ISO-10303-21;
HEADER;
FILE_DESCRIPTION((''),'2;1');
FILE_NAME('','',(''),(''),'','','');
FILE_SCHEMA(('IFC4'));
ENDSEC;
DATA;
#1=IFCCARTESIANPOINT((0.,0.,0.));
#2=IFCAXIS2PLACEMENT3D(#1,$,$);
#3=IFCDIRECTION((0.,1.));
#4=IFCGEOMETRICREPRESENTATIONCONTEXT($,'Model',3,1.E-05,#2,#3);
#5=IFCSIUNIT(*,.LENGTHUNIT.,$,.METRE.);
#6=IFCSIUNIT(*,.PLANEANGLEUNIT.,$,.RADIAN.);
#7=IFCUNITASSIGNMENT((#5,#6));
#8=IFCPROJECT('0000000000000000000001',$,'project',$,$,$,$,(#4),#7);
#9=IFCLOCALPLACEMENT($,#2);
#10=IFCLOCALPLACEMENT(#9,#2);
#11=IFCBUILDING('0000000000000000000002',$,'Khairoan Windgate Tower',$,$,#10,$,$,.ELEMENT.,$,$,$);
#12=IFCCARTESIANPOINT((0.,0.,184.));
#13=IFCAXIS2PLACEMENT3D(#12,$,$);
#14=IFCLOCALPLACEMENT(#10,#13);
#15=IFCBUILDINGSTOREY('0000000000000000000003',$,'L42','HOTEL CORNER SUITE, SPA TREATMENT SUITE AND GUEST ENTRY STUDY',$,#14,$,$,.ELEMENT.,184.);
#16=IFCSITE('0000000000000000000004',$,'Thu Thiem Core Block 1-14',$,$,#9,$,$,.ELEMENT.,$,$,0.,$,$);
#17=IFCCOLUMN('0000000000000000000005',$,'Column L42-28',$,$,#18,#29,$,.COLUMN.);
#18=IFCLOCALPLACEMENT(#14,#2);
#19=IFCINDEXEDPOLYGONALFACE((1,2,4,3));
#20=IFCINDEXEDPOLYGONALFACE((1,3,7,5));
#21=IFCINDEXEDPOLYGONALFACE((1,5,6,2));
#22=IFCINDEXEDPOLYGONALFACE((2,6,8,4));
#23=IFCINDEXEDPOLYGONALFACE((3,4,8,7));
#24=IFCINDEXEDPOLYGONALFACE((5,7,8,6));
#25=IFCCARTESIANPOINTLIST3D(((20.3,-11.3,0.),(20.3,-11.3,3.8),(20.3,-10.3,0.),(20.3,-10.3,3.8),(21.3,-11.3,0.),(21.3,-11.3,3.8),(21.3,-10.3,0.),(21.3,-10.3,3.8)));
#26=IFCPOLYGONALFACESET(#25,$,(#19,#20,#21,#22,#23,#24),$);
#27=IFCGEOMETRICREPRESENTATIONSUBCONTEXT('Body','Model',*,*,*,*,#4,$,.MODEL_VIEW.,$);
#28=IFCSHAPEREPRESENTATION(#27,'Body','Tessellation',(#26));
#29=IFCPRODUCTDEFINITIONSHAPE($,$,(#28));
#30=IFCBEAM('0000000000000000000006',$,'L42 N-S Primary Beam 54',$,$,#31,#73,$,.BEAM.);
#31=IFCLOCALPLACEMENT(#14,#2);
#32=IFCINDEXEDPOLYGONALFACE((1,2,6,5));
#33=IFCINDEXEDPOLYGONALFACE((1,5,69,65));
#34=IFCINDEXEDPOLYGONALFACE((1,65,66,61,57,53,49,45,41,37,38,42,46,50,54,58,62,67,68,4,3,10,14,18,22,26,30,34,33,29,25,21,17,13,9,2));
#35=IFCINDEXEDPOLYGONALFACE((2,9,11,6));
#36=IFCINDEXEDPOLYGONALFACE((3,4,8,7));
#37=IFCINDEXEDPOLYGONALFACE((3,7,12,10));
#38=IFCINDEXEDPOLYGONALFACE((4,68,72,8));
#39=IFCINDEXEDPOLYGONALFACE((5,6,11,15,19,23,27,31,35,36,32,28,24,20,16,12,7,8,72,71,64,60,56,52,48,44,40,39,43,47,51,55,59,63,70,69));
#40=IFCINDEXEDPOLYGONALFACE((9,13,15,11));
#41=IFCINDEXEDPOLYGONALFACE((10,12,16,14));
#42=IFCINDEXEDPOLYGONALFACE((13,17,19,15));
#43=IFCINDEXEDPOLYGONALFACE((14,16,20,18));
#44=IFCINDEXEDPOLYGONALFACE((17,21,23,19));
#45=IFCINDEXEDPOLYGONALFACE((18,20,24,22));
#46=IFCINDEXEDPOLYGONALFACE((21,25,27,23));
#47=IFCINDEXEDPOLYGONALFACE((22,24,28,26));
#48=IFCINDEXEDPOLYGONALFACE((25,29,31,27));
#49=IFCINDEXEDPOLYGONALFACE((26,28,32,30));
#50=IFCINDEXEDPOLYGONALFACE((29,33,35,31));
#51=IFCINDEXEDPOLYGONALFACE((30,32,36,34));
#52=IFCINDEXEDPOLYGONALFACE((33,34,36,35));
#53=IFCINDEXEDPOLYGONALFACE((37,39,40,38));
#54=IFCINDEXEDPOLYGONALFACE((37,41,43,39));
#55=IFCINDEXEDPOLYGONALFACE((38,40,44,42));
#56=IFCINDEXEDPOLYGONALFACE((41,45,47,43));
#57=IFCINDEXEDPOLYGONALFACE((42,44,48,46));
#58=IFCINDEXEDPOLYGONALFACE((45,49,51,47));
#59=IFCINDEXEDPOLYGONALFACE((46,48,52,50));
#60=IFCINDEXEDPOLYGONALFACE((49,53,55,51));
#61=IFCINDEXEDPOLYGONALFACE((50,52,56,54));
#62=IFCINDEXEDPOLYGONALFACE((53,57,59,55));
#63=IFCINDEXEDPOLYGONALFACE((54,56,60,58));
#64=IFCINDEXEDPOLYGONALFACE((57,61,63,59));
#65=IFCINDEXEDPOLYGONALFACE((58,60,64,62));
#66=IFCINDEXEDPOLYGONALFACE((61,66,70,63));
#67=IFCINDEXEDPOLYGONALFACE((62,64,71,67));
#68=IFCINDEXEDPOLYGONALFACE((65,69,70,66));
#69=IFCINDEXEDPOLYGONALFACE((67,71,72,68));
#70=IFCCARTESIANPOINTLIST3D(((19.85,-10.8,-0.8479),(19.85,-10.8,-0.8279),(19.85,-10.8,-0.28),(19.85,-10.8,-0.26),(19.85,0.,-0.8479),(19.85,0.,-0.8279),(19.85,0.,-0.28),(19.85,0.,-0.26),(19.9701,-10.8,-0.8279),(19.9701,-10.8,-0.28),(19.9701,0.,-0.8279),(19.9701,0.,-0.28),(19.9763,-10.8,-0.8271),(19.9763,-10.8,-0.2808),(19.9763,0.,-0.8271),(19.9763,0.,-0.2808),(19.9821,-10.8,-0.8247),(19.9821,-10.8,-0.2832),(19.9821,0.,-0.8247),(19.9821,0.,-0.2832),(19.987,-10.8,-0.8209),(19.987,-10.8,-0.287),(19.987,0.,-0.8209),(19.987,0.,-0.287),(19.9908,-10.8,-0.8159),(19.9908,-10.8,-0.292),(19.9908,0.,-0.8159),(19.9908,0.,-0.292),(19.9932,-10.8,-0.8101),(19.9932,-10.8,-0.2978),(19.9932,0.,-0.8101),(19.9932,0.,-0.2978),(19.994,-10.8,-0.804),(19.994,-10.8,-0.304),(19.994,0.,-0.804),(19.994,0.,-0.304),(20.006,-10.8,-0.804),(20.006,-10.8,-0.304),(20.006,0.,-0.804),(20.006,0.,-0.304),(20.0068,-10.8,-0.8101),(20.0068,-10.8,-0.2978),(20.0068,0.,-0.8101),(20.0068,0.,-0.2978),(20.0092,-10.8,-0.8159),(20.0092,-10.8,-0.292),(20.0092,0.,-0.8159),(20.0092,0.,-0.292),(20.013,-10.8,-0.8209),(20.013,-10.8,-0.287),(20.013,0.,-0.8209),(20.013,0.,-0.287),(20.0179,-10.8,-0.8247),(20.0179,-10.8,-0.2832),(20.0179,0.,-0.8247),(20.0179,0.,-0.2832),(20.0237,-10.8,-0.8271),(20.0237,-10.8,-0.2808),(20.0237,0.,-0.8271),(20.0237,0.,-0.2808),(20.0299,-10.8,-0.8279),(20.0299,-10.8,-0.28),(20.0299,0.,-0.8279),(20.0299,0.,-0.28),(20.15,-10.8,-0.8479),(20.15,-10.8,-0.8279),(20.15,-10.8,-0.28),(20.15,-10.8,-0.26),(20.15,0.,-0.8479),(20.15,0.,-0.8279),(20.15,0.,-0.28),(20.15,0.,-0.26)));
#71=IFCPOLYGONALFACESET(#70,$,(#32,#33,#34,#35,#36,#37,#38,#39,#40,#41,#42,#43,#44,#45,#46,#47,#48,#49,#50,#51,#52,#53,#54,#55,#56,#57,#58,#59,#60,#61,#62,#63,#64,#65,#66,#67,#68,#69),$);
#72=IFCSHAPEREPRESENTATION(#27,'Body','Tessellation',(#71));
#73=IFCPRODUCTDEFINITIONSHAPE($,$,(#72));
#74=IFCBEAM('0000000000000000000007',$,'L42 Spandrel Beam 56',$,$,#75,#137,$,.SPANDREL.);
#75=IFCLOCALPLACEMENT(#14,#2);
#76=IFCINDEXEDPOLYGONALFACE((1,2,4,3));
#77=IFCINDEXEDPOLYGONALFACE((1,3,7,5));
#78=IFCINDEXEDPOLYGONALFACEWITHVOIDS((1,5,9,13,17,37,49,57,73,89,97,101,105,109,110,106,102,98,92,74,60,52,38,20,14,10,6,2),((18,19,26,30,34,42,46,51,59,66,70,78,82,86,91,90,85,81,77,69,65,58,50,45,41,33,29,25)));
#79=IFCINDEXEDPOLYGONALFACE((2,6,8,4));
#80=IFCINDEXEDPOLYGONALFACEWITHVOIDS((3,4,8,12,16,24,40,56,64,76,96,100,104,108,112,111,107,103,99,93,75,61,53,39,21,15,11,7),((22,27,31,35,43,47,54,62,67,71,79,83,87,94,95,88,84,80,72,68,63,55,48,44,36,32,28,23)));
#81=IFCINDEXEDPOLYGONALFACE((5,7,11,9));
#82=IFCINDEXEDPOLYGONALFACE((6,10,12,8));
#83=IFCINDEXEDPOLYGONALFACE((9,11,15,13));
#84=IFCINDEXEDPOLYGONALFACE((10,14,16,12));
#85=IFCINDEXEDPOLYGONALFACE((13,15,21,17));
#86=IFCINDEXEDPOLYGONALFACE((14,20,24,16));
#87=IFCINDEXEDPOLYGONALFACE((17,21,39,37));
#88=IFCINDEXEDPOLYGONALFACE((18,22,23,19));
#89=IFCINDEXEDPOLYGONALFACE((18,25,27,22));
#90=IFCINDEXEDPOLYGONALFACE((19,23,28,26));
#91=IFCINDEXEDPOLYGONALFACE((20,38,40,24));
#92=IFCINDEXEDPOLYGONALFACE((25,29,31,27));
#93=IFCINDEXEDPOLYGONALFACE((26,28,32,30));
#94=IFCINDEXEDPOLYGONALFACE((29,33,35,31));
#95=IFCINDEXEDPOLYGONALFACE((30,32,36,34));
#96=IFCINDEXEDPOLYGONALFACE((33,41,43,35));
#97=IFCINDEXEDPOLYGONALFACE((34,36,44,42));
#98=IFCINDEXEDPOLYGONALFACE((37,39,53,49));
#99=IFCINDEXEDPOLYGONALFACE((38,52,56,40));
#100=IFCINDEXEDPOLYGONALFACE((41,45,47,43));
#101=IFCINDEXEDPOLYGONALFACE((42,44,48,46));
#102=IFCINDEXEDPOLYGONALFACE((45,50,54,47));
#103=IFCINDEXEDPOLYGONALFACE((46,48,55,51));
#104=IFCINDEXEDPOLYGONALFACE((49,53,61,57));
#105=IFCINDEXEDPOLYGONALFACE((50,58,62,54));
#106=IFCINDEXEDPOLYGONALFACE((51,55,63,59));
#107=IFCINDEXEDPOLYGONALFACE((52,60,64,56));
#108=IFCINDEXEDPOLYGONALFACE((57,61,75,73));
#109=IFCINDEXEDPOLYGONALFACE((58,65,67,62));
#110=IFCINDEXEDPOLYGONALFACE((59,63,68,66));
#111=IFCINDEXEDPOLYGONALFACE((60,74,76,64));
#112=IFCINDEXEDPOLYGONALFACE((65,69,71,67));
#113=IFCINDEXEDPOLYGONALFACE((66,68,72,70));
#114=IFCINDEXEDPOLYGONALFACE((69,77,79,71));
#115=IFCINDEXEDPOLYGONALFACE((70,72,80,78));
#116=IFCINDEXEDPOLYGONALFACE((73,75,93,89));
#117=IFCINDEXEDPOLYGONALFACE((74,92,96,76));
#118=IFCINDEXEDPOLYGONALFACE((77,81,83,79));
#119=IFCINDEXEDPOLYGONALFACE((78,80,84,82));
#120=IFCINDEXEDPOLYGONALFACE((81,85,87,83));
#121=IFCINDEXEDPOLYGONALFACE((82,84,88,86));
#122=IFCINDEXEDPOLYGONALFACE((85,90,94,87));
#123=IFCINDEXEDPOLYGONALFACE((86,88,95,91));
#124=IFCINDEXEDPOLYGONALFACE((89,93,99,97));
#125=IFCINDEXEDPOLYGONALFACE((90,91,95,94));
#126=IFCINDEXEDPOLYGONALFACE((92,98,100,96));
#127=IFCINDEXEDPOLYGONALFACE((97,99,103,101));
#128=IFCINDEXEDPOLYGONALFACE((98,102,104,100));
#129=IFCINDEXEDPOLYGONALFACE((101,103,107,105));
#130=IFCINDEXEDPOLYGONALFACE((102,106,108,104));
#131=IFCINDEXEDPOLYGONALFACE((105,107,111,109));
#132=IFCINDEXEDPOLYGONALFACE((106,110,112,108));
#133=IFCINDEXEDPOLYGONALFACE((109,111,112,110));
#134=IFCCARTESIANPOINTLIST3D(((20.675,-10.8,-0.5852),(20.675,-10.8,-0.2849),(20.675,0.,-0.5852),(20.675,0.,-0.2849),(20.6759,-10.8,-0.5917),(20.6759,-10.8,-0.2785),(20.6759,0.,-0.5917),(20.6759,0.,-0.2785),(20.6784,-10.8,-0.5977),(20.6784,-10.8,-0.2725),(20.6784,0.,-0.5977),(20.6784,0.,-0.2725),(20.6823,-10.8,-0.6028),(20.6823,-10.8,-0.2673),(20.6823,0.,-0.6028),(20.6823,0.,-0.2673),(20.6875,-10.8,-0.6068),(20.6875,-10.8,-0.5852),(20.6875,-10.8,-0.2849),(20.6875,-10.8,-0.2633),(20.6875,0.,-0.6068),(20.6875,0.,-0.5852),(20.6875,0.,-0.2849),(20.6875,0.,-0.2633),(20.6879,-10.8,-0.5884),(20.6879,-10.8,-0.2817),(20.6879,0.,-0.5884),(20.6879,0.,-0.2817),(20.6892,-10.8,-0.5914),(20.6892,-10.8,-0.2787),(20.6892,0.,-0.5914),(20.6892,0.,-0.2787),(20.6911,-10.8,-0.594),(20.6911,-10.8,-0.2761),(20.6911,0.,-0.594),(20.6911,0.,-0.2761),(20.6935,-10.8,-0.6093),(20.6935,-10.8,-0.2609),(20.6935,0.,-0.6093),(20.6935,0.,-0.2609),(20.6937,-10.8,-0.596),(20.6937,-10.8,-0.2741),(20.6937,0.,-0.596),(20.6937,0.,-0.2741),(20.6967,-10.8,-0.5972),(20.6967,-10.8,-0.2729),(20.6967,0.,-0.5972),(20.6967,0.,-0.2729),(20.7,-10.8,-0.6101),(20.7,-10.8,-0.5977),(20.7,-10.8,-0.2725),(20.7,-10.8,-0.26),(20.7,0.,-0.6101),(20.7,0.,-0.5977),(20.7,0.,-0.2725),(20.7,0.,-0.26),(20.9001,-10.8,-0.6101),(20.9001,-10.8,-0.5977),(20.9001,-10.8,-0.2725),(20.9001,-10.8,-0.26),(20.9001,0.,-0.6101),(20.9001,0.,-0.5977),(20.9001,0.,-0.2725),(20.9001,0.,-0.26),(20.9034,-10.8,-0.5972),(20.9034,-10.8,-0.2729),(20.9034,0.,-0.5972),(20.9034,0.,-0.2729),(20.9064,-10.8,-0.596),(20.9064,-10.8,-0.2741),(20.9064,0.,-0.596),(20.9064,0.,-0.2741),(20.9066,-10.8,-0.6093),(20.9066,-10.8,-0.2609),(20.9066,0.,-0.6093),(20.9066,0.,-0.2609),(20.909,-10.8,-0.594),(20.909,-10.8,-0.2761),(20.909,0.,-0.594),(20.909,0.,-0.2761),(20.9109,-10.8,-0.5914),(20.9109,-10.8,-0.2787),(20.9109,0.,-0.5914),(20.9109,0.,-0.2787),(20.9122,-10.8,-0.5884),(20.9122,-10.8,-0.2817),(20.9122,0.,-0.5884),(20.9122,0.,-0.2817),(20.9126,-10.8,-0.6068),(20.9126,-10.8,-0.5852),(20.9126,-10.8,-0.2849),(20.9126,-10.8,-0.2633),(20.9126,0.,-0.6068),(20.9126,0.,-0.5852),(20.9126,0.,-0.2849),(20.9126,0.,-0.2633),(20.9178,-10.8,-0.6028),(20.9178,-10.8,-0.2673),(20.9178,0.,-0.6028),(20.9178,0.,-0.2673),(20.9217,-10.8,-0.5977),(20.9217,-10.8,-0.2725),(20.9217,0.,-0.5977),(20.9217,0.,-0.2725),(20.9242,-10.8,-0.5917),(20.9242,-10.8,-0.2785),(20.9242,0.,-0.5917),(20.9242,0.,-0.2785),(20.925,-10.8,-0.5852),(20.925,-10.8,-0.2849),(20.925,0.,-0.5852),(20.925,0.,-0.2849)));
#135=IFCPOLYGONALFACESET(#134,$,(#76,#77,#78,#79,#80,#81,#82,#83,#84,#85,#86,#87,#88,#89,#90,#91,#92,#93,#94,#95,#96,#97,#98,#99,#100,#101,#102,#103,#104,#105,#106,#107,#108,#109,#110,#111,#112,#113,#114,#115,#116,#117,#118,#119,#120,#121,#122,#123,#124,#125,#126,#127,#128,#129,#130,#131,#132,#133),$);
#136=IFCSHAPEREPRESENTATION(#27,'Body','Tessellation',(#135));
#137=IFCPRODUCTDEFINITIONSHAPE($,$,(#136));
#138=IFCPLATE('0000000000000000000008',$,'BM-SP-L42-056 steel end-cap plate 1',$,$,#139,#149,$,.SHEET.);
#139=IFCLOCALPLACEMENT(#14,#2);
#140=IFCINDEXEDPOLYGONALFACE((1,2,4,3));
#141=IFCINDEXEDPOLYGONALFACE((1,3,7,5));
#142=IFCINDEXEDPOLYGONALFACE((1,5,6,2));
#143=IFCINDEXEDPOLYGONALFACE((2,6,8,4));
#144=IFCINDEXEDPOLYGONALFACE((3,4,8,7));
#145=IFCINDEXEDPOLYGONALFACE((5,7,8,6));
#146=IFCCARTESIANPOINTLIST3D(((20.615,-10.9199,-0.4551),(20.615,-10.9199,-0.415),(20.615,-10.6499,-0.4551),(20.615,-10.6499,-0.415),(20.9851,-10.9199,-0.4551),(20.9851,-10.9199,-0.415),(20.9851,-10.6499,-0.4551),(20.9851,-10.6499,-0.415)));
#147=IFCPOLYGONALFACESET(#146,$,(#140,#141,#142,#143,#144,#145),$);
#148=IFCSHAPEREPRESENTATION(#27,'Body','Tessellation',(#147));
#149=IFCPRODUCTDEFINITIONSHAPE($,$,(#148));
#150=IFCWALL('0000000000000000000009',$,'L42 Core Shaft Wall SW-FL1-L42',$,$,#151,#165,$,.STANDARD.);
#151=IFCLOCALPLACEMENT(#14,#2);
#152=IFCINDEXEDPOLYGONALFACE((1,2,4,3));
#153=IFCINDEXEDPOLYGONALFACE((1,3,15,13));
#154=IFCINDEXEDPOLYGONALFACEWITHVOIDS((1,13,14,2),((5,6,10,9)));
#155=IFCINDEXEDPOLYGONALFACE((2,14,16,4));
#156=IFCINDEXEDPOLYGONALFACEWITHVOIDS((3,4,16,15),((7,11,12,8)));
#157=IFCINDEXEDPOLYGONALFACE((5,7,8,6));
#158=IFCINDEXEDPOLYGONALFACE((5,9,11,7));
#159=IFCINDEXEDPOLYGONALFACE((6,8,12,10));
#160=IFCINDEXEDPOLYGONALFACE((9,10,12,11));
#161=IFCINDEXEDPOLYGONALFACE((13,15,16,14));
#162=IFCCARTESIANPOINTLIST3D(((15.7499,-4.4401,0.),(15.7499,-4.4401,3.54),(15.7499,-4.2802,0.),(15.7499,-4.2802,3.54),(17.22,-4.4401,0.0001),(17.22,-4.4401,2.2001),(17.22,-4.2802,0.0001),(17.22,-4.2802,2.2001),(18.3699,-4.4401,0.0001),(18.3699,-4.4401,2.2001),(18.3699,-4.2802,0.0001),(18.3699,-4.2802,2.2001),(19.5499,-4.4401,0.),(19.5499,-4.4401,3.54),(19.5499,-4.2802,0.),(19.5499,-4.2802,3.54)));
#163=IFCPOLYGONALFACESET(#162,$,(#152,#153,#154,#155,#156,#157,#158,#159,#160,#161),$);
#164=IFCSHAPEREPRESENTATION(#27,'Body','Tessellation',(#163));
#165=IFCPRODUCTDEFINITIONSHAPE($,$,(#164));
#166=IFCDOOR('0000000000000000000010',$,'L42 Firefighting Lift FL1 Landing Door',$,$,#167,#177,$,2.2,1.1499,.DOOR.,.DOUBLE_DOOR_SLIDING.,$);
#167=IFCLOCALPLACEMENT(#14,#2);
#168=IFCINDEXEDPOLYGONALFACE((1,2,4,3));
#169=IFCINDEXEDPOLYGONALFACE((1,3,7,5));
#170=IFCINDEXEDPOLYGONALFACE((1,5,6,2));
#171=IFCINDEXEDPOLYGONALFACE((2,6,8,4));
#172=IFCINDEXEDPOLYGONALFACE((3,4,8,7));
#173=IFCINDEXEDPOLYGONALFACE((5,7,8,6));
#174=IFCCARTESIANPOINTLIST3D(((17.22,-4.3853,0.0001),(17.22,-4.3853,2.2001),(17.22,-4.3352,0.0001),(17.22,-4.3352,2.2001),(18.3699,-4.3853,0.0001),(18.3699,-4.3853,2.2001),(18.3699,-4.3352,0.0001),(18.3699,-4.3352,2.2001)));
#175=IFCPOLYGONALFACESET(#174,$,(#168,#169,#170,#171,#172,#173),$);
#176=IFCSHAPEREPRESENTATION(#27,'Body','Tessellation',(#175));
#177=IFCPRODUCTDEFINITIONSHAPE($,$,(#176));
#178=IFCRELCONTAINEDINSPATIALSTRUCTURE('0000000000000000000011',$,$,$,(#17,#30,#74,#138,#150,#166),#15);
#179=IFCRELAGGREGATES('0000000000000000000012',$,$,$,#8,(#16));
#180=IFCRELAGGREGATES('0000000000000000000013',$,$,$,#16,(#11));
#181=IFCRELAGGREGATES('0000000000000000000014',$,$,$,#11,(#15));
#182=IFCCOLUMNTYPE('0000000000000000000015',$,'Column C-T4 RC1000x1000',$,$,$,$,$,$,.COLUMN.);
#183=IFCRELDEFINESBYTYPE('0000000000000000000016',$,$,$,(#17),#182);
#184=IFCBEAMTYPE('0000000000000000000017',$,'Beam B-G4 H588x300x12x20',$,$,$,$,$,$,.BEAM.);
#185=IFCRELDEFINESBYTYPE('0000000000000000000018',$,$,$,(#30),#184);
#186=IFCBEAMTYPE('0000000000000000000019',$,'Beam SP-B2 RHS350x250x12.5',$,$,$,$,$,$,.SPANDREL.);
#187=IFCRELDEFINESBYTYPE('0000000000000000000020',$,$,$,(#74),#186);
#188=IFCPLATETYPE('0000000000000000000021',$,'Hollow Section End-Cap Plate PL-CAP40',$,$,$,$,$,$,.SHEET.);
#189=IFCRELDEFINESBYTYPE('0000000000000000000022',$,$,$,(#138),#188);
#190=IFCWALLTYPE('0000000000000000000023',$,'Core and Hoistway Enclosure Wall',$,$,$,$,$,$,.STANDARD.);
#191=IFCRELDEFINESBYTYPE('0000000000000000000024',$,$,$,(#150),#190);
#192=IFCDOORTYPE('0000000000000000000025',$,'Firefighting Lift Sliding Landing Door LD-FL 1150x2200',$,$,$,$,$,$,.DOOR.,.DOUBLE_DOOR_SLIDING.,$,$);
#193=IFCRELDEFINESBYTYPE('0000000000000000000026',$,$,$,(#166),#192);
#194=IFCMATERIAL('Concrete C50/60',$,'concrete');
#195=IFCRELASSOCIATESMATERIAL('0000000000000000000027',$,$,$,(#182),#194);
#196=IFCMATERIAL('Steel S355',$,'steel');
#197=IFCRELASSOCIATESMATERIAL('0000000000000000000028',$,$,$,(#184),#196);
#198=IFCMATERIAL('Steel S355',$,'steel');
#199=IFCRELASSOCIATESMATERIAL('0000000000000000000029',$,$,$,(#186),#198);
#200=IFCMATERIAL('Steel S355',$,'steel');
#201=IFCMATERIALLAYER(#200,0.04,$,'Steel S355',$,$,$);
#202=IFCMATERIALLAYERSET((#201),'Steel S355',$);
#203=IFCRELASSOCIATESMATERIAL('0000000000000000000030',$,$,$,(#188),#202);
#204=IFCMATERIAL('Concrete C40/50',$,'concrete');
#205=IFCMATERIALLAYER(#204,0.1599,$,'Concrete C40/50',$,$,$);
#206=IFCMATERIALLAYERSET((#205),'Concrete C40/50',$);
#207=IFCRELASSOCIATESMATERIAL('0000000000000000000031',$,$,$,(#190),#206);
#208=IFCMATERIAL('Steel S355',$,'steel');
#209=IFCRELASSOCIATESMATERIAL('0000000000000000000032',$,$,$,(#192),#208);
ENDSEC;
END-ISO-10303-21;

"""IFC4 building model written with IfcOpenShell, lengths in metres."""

from ifc_helpers import new_model, si_unit, direction, frame, frame_2d, origin, origin_2d, place, context, subcontext, project, spatial, rectangle, hollow_rectangle, i_section, extrude, material, layer, layer_set, material_profile, profile_set, type_object, element, fill, save


model = new_model("IFC4")

# Units and contexts
model_context = context("Model", 3, precision=1e-05, world=origin(), true_north=direction((0.0, 1.0)))
body_context = subcontext(model_context, "Body", "Model", "MODEL_VIEW")
ifc_project = project(units=[si_unit("LENGTHUNIT", "METRE"), si_unit("PLANEANGLEUNIT", "RADIAN")], contexts=[model_context])

# Site, building, storey
site_placement = place(None, origin())
site = spatial("IfcSite", under=ifc_project, at=site_placement, Name="Thu Thiem Core Block 1-14", CompositionType="ELEMENT", RefElevation=0.0)
building_placement = place(site_placement, origin())
building = spatial("IfcBuilding", under=site, at=building_placement, Name="Khairoan Windgate Tower", CompositionType="ELEMENT")
storey_placement = place(building_placement, frame((0.0, 0.0, 184.0)))
storey = spatial("IfcBuildingStorey", under=building, at=storey_placement, Name="L42", Description="HOTEL CORNER SUITE, SPA TREATMENT SUITE AND GUEST ENTRY STUDY", CompositionType="ELEMENT", Elevation=184.0)

# Column
ifc_material_1 = material(Name="Concrete C50/60", Category="concrete")
ifc_material_profile_1 = material_profile(ifc_material_1, rectangle(XDim=1.0, YDim=1.0, at=origin_2d()))
ifc_profile_set_1 = profile_set([ifc_material_profile_1], Name="Concrete C50/60")
column_type = type_object("IfcColumnType", Name="Column C-T4 RC1000x1000", PredefinedType="COLUMN", material=ifc_profile_set_1)
column_placement = place(storey_placement, frame((20.8, -10.8, 0.0), z_axis=(0.0, 0.0, 1.0), x_axis=(1.0, 0.0, 0.0)))
element("IfcColumn", 1, at=column_placement, inside=storey, type_object=column_type, Name="Column L42-28", PredefinedType="COLUMN", context=body_context, shape_type="SweptSolid", body=[
    extrude(rectangle(XDim=1.0, YDim=1.0, at=origin_2d()), origin(), (0.0, 0.0, 1.0), 3.8),
])

# Beams
ifc_material_2 = material(Name="Steel S355", Category="steel")
ifc_material_profile_2 = material_profile(ifc_material_2, i_section(OverallWidth=0.3, OverallDepth=0.5879, WebThickness=0.012, FlangeThickness=0.02, FilletRadius=0.0239, at=origin_2d()))
ifc_profile_set_2 = profile_set([ifc_material_profile_2], Name="Steel S355")
beam_type_1 = type_object("IfcBeamType", Name="Beam B-G4 H588x300x12x20", PredefinedType="BEAM", material=ifc_profile_set_2)
beam_1_placement = place(storey_placement, frame((20.0, -10.8, -0.554), z_axis=(0.0, 1.0, 0.0), x_axis=(-1.0, 0.0, 0.0)))
element("IfcBeam", 2, at=beam_1_placement, inside=storey, type_object=beam_type_1, Name="L42 N-S Primary Beam 54", PredefinedType="BEAM", context=body_context, shape_type="SweptSolid", body=[
    extrude(i_section(OverallWidth=0.3, OverallDepth=0.5879, WebThickness=0.012, FlangeThickness=0.02, FilletRadius=0.0239, at=origin_2d()), origin(), (0.0, 0.0, 1.0), 10.8),
])
ifc_material_3 = material(Name="Steel S355", Category="steel")
ifc_material_profile_3 = material_profile(ifc_material_3, hollow_rectangle(XDim=0.25, YDim=0.3501, WallThickness=0.0125, InnerFilletRadius=0.0125, OuterFilletRadius=0.0249, at=origin_2d()))
ifc_profile_set_3 = profile_set([ifc_material_profile_3], Name="Steel S355")
beam_type_2 = type_object("IfcBeamType", Name="Beam SP-B2 RHS350x250x12.5", PredefinedType="SPANDREL", material=ifc_profile_set_3)
beam_2_placement = place(storey_placement, frame((20.8, -10.8, -0.4351), z_axis=(0.0, 1.0, 0.0), x_axis=(-1.0, 0.0, 0.0)))
element("IfcBeam", 3, at=beam_2_placement, inside=storey, type_object=beam_type_2, Name="L42 Spandrel Beam 56", PredefinedType="SPANDREL", context=body_context, shape_type="SweptSolid", body=[
    extrude(hollow_rectangle(XDim=0.25, YDim=0.3501, WallThickness=0.0125, InnerFilletRadius=0.0125, OuterFilletRadius=0.0249, at=origin_2d()), origin(), (0.0, 0.0, 1.0), 10.8),
])

# Plate
ifc_material_4 = material(Name="Steel S355", Category="steel")
ifc_layer_1 = layer(ifc_material_4, 0.04, Name="Steel S355")
ifc_layer_set_1 = layer_set([ifc_layer_1], Name="Steel S355")
plate_type = type_object("IfcPlateType", Name="Hollow Section End-Cap Plate PL-CAP40", PredefinedType="SHEET", material=ifc_layer_set_1)
plate_placement = place(storey_placement, frame((20.8, -10.7849, -0.4551), z_axis=(0.0, 0.0, 1.0), x_axis=(0.0, 1.0, 0.0)))
element("IfcPlate", 4, at=plate_placement, inside=storey, type_object=plate_type, Name="BM-SP-L42-056 steel end-cap plate 1", PredefinedType="SHEET", context=body_context, shape_type="SweptSolid", body=[
    extrude(rectangle(XDim=0.27, YDim=0.3701, at=origin_2d()), origin(), (0.0, 0.0, 1.0), 0.04),
])

# Wall, opening, door
ifc_material_5 = material(Name="Concrete C40/50", Category="concrete")
ifc_layer_2 = layer(ifc_material_5, 0.1599, Name="Concrete C40/50")
ifc_layer_set_2 = layer_set([ifc_layer_2], Name="Concrete C40/50")
wall_type_1 = type_object("IfcWallType", Name="Core and Hoistway Enclosure Wall", PredefinedType="STANDARD", material=ifc_layer_set_2)
wall_1_placement = place(storey_placement, frame((15.75, -4.3601, 0.0), z_axis=(0.0, 0.0, 1.0), x_axis=(1.0, 0.0, 0.0)))
wall_1 = element("IfcWall", 5, at=wall_1_placement, inside=storey, type_object=wall_type_1, Name="L42 Core Shaft Wall SW-FL1-L42", PredefinedType="STANDARD", context=body_context, shape_type="SweptSolid", body=[
    extrude(rectangle(XDim=3.8, YDim=0.1599, at=frame_2d((1.8999, 0.0))), origin(), (0.0, 0.0, 1.0), 3.54),
])
opening_1_placement = place(wall_1_placement, frame((1.47, 0.0, 0.0)))
opening_1 = element("IfcOpeningElement", 6, at=opening_1_placement, cuts=wall_1, PredefinedType="OPENING", context=body_context, shape_type="SweptSolid", body=[
    extrude(rectangle(XDim=1.1499, YDim=2.2, at=frame_2d((0.575, 1.1001))), frame((0.0, 0.0898, 0.0), z_axis=(0.0, -1.0, 0.0), x_axis=(1.0, 0.0, 0.0)), (0.0, 0.0, 1.0), 0.1799),
])
ifc_material_6 = material(Name="Steel S355", Category="steel")
door_type_1 = type_object("IfcDoorType", Name="Firefighting Lift Sliding Landing Door LD-FL 1150x2200", OperationType="DOUBLE_DOOR_SLIDING", PredefinedType="DOOR", material=ifc_material_6)
door_1_placement = place(opening_1_placement, origin())
door_1 = element("IfcDoor", 7, at=door_1_placement, inside=storey, type_object=door_type_1, Name="L42 Firefighting Lift FL1 Landing Door", OperationType="DOUBLE_DOOR_SLIDING", OverallHeight=2.2, OverallWidth=1.1499, PredefinedType="DOOR", context=body_context, shape_type="SweptSolid", body=[
    extrude(rectangle(XDim=1.1499, YDim=2.2, at=frame_2d((0.575, 1.1001))), frame((0.0, 0.0249, 0.0), z_axis=(0.0, -1.0, 0.0), x_axis=(1.0, 0.0, 0.0)), (0.0, 0.0, 1.0), 0.05),
])
fill(opening_1, door_1)

save(model, "model.ifc")
